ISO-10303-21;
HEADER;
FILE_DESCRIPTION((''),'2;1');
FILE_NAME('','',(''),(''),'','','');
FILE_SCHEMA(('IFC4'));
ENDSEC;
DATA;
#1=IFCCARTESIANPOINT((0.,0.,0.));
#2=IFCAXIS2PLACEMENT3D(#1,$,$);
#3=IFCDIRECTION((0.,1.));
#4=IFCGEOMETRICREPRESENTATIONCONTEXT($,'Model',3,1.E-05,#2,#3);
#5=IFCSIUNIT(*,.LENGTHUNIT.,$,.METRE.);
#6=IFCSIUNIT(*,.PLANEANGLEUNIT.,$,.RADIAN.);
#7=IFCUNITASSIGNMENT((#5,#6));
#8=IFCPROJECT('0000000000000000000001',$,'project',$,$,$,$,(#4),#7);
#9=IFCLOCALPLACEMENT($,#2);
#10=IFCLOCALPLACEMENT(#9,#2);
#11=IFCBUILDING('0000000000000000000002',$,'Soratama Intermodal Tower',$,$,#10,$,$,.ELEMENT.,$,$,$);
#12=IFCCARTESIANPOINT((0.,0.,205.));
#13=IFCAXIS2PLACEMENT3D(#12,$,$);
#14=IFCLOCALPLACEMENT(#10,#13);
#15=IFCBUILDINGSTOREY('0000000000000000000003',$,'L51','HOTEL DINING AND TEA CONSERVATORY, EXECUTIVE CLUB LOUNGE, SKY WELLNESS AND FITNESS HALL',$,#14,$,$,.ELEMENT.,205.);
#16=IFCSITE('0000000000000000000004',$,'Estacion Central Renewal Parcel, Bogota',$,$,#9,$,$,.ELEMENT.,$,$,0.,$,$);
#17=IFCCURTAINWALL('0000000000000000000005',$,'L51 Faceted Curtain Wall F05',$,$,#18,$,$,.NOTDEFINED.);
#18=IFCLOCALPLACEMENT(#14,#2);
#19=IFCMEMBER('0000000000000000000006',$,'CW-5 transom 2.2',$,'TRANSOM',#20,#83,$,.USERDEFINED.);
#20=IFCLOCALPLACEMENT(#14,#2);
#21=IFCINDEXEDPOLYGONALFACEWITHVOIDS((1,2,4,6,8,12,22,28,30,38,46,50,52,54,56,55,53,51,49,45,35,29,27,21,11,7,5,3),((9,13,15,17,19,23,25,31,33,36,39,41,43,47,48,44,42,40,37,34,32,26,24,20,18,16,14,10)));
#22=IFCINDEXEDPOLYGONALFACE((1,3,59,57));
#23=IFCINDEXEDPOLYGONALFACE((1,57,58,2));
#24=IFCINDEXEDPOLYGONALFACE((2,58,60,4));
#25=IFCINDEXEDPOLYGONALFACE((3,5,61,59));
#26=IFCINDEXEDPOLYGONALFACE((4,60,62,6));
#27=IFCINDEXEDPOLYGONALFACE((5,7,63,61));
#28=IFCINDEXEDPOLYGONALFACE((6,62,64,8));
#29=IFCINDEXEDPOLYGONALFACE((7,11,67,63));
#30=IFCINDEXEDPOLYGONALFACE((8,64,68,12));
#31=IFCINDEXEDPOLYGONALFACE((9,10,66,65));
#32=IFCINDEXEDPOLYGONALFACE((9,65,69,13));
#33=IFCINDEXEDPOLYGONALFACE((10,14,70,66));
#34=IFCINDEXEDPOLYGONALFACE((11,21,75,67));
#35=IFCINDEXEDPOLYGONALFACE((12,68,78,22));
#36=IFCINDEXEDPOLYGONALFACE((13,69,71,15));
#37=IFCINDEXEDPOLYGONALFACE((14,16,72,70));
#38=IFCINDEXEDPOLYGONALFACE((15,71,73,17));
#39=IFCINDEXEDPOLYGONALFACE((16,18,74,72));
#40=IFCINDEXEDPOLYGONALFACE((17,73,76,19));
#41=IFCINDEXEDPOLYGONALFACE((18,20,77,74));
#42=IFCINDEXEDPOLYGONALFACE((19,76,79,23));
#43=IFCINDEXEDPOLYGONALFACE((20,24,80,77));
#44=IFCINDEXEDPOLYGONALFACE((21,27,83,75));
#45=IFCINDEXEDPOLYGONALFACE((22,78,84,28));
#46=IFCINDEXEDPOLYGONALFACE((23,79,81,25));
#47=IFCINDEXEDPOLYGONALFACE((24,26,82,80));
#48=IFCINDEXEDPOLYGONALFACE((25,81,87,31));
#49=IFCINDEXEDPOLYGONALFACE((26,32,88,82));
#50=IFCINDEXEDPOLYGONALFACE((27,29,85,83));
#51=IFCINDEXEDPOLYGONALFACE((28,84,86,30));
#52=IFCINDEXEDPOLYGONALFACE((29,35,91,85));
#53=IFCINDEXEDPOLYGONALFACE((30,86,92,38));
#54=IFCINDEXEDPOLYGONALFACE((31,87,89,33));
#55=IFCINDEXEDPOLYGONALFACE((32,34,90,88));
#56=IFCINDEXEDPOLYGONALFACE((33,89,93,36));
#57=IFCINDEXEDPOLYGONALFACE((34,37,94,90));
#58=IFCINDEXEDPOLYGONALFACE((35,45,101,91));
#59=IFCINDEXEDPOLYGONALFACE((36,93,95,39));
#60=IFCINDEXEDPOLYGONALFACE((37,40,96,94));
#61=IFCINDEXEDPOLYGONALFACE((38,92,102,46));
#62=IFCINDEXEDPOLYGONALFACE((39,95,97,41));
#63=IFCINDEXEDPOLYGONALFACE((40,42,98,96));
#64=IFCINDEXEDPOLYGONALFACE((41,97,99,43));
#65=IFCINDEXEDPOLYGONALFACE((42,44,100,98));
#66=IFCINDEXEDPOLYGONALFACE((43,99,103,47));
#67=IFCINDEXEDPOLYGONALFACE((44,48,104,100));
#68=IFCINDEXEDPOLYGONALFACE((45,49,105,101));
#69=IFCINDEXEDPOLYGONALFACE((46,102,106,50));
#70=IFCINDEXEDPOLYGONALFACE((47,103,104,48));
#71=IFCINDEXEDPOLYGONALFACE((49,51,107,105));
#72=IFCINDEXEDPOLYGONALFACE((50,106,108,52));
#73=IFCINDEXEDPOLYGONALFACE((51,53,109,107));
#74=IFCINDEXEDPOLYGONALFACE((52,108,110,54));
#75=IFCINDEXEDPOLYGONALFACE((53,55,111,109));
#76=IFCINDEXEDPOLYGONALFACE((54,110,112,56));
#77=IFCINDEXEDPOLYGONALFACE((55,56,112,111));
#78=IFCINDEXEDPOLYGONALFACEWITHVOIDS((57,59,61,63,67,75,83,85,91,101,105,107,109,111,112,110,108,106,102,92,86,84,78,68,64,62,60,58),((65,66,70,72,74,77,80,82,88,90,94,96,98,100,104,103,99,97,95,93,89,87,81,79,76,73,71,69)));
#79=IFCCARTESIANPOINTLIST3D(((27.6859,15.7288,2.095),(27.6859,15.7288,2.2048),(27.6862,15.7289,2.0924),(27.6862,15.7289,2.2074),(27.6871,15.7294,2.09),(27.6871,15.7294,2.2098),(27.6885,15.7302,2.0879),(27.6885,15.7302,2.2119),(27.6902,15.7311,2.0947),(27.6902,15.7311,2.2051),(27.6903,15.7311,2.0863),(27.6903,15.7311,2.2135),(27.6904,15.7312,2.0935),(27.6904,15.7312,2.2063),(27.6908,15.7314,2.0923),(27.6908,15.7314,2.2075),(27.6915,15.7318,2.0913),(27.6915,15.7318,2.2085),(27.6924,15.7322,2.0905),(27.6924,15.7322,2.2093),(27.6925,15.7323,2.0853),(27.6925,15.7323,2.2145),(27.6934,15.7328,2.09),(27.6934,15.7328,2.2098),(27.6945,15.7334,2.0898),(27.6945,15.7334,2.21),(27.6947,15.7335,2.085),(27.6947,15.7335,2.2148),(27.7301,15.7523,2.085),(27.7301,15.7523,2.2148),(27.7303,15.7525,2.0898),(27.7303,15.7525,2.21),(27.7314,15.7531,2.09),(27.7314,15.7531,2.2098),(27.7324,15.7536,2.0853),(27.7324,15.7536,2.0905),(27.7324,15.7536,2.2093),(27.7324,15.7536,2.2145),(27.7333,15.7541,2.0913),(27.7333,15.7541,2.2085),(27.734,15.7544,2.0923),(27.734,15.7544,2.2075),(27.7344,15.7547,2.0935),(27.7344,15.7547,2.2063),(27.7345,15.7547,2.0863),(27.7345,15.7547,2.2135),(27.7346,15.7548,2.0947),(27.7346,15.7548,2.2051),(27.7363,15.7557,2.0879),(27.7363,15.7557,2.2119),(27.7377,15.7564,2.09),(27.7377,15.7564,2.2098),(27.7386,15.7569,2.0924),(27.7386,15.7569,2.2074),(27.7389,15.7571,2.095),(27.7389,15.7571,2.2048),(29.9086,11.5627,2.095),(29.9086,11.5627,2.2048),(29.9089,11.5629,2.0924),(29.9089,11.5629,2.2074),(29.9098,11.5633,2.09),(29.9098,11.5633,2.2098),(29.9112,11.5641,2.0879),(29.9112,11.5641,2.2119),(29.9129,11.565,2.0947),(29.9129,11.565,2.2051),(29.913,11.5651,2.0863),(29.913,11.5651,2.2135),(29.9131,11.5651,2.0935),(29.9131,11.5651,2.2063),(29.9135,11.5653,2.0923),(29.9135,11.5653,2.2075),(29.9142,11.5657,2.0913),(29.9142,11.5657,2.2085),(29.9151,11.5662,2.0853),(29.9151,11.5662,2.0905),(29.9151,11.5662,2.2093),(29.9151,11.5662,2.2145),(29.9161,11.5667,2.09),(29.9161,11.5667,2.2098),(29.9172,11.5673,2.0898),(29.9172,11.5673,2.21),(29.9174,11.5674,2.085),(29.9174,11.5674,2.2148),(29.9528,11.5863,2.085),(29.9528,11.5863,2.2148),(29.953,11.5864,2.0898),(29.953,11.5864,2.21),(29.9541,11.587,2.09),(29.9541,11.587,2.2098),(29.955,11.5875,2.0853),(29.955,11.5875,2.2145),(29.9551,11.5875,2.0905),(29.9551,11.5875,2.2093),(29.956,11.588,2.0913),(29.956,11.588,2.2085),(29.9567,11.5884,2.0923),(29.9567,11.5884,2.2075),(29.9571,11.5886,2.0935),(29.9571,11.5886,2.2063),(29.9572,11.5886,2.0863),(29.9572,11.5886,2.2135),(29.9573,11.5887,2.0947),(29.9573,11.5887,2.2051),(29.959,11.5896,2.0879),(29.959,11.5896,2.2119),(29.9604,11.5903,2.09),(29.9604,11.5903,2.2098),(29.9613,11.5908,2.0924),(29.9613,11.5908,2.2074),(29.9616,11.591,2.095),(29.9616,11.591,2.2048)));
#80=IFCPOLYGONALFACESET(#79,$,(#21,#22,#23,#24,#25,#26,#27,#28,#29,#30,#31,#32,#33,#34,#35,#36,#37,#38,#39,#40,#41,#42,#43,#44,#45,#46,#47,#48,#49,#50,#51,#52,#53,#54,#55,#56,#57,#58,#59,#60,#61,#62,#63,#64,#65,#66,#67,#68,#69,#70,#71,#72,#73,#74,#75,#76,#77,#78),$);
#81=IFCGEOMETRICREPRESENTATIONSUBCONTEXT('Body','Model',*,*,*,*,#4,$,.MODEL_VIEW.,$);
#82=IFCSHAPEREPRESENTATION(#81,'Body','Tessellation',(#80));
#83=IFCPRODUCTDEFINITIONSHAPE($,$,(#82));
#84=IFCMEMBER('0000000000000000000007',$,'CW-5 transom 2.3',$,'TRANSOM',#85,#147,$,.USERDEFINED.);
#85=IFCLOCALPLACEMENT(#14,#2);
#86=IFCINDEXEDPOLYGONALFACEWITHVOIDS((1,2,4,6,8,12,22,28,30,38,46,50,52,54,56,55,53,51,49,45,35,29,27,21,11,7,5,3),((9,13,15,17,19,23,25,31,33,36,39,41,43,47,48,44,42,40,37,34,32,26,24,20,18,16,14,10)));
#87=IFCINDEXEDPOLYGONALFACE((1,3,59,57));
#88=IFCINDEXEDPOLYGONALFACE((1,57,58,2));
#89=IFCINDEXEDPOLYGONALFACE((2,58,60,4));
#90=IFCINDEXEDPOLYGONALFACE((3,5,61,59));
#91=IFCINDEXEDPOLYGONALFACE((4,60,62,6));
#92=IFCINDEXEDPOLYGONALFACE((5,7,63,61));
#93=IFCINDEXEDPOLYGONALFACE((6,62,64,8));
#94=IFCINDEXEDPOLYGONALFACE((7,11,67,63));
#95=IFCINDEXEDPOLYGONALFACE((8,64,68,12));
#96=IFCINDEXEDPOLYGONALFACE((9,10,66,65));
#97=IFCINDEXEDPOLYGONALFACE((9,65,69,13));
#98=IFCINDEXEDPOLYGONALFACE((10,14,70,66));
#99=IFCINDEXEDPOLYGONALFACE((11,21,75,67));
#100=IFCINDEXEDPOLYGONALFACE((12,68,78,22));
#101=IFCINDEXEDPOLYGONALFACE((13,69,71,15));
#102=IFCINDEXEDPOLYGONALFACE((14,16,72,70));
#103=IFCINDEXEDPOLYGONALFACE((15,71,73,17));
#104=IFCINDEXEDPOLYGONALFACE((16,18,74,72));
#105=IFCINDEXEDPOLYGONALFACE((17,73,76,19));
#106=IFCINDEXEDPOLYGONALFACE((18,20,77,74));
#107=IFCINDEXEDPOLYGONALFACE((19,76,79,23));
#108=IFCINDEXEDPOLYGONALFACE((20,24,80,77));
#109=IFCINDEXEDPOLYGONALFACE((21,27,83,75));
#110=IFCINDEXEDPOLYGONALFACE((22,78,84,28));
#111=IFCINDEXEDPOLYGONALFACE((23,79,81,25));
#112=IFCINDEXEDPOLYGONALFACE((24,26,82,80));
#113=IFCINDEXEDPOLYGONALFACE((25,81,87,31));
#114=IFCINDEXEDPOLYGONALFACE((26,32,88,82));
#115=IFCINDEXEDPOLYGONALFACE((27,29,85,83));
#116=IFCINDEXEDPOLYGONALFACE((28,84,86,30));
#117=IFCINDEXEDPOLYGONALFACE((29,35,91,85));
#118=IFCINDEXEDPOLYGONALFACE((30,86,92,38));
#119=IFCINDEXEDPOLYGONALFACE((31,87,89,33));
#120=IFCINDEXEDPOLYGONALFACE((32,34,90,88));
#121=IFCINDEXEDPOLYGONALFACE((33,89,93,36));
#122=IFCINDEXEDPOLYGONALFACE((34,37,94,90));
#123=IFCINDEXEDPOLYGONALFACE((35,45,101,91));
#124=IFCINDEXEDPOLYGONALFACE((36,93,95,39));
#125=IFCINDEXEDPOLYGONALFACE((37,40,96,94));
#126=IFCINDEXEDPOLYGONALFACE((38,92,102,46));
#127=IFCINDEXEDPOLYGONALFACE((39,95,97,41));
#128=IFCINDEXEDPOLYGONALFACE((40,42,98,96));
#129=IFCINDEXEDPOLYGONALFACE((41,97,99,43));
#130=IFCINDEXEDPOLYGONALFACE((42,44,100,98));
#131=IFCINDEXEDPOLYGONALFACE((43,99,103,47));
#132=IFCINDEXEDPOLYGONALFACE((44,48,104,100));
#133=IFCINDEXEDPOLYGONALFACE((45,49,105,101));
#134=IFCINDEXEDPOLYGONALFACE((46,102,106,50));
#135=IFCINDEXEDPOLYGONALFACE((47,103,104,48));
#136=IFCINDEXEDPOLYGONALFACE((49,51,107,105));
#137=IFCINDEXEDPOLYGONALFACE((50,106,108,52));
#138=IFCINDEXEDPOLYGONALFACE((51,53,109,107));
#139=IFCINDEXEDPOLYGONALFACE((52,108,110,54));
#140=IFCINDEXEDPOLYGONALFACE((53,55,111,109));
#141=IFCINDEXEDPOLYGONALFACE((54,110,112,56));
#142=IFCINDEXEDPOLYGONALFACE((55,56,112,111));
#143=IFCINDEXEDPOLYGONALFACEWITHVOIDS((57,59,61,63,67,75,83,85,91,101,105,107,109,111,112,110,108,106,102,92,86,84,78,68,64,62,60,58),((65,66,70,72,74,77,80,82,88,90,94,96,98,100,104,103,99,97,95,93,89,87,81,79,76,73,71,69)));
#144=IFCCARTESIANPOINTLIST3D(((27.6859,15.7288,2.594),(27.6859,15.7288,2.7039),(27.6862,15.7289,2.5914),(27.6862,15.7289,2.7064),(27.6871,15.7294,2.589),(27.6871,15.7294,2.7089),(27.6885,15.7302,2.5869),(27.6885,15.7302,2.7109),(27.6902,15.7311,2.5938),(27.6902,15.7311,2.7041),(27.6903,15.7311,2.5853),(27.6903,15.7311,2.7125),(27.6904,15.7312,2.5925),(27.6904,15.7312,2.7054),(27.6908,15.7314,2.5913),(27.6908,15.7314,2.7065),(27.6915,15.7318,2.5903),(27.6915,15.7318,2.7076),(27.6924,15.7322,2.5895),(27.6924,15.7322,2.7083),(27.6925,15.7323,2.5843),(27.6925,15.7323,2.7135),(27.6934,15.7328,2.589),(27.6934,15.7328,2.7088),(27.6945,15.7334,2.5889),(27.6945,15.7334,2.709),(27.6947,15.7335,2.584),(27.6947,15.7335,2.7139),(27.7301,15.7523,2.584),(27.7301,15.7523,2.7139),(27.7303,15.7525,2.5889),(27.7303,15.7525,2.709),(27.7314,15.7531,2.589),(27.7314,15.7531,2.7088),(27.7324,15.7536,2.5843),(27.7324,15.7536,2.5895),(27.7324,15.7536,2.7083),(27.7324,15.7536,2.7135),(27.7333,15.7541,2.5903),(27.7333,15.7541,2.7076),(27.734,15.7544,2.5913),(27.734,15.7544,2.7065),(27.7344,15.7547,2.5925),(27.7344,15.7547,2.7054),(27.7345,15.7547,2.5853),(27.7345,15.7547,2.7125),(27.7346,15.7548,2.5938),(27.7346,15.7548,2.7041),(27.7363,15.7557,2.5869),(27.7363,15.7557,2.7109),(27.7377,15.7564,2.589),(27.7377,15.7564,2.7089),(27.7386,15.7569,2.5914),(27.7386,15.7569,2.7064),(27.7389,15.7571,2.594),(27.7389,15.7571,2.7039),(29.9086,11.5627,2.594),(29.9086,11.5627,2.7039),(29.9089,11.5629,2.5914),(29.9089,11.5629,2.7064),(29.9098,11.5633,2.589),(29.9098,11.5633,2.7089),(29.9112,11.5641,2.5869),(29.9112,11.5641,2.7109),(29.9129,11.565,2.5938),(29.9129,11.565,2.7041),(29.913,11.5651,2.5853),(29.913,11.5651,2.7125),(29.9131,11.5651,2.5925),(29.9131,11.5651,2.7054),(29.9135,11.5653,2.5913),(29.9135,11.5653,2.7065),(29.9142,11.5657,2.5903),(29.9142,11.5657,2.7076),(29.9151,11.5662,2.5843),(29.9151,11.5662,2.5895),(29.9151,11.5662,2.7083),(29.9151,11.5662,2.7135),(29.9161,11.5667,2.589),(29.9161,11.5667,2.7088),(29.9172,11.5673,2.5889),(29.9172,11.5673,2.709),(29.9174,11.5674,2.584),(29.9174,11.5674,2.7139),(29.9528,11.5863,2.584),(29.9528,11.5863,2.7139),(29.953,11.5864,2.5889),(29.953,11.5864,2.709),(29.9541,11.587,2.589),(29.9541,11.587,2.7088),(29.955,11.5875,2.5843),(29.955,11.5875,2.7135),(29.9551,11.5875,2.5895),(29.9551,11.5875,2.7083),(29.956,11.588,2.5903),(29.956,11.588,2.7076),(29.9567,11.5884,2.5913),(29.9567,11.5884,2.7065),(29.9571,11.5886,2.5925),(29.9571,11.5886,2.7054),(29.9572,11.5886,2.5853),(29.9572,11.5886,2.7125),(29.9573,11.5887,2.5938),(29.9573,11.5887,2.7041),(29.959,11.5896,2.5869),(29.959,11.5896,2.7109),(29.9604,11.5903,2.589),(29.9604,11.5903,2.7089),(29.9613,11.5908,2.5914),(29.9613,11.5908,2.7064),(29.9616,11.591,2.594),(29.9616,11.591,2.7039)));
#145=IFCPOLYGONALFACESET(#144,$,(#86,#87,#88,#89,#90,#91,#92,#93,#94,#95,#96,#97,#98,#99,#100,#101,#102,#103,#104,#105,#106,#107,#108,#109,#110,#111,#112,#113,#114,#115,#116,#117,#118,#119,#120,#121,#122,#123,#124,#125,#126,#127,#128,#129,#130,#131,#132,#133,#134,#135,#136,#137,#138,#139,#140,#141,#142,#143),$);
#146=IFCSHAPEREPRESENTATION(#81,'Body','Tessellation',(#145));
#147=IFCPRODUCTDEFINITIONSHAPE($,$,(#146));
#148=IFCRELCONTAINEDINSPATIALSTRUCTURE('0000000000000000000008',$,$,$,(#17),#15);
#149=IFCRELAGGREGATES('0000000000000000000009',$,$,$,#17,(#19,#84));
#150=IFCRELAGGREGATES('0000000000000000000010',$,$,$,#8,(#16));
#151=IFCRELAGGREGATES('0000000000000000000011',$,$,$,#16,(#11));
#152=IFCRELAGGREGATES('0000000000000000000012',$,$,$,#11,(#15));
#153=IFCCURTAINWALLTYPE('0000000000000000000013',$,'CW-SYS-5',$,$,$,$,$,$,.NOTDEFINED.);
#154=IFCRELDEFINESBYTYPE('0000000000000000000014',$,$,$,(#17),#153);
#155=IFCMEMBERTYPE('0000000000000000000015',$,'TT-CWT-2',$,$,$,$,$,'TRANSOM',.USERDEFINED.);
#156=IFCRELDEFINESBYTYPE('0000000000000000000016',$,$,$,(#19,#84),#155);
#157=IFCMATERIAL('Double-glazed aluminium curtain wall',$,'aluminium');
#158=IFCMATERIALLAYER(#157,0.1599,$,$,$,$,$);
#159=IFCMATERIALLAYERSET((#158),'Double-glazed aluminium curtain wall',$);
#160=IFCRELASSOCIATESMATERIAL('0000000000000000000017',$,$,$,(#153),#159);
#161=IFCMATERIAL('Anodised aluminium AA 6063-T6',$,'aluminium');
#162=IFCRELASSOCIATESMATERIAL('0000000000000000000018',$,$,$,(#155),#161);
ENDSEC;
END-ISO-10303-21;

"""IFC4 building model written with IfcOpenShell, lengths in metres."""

from ifc_helpers import new_model, si_unit, direction, frame, origin, origin_2d, place, context, subcontext, project, spatial, hollow_rectangle, extrude, material, layer, layer_set, material_profile, profile_set, type_object, element, aggregate, save


model = new_model("IFC4")

# Units and contexts
model_context = context("Model", 3, precision=1e-05, world=origin(), true_north=direction((0.0, 1.0)))
body_context = subcontext(model_context, "Body", "Model", "MODEL_VIEW")
ifc_project = project(units=[si_unit("LENGTHUNIT", "METRE"), si_unit("PLANEANGLEUNIT", "RADIAN")], contexts=[model_context])

# Site, building, storey
site_placement = place(None, origin())
site = spatial("IfcSite", under=ifc_project, at=site_placement, Name="Estacion Central Renewal Parcel, Bogota", CompositionType="ELEMENT", RefElevation=0.0)
building_placement = place(site_placement, origin())
building = spatial("IfcBuilding", under=site, at=building_placement, Name="Soratama Intermodal Tower", CompositionType="ELEMENT")
storey_placement = place(building_placement, frame((0.0, 0.0, 205.0)))
storey = spatial("IfcBuildingStorey", under=building, at=storey_placement, Name="L51", Description="HOTEL DINING AND TEA CONSERVATORY, EXECUTIVE CLUB LOUNGE, SKY WELLNESS AND FITNESS HALL", CompositionType="ELEMENT", Elevation=205.0)

# Curtain wall
ifc_material_1 = material(Name="Double-glazed aluminium curtain wall", Category="aluminium")
ifc_layer_1 = layer(ifc_material_1, 0.1599)
ifc_layer_set_1 = layer_set([ifc_layer_1], Name="Double-glazed aluminium curtain wall")
curtain_wall_type = type_object("IfcCurtainWallType", Name="CW-SYS-5", PredefinedType="NOTDEFINED", material=ifc_layer_set_1)
curtain_wall_1_placement = place(storey_placement, origin())
curtain_wall_1 = element("IfcCurtainWall", 1, at=curtain_wall_1_placement, inside=storey, type_object=curtain_wall_type, Name="L51 Faceted Curtain Wall F05", PredefinedType="NOTDEFINED")

# Members
ifc_material_2 = material(Name="Anodised aluminium AA 6063-T6", Category="aluminium")
ifc_material_profile_1 = material_profile(ifc_material_2, hollow_rectangle(XDim=0.0601, YDim=0.1299, WallThickness=0.0049, InnerFilletRadius=0.0049, OuterFilletRadius=0.01, at=origin_2d()), Name="CWT130X60X5")
ifc_profile_set_1 = profile_set([ifc_material_profile_1], Name="Anodised aluminium AA 6063-T6")
member_type_1 = type_object("IfcMemberType", Name="TT-CWT-2", ElementType="TRANSOM", PredefinedType="USERDEFINED", material=ifc_profile_set_1)
member_1_placement = place(storey_placement, frame((27.7124, 15.7429, 2.1499), z_axis=(0.470717, -0.882284, 0.0), x_axis=(0.882284, 0.470717, 0.0)))
member_1 = element("IfcMember", 2, at=member_1_placement, type_object=member_type_1, Name="CW-5 transom 2.2", ObjectType="TRANSOM", PredefinedType="USERDEFINED", context=body_context, shape_type="SweptSolid", body=[
    extrude(hollow_rectangle(XDim=0.0601, YDim=0.1299, WallThickness=0.0049, InnerFilletRadius=0.0049, OuterFilletRadius=0.01, at=origin_2d()), origin(), (0.0, 0.0, 1.0), 4.7219),
])
member_2_placement = place(storey_placement, frame((27.7124, 15.7429, 2.6489), z_axis=(0.470717, -0.882284, 0.0), x_axis=(0.882284, 0.470717, 0.0)))
member_2 = element("IfcMember", 3, at=member_2_placement, type_object=member_type_1, Name="CW-5 transom 2.3", ObjectType="TRANSOM", PredefinedType="USERDEFINED", context=body_context, shape_type="SweptSolid", body=[
    extrude(hollow_rectangle(XDim=0.0601, YDim=0.1299, WallThickness=0.0049, InnerFilletRadius=0.0049, OuterFilletRadius=0.01, at=origin_2d()), origin(), (0.0, 0.0, 1.0), 4.7219),
])

aggregate(curtain_wall_1, [member_1, member_2])

save(model, "model.ifc")
